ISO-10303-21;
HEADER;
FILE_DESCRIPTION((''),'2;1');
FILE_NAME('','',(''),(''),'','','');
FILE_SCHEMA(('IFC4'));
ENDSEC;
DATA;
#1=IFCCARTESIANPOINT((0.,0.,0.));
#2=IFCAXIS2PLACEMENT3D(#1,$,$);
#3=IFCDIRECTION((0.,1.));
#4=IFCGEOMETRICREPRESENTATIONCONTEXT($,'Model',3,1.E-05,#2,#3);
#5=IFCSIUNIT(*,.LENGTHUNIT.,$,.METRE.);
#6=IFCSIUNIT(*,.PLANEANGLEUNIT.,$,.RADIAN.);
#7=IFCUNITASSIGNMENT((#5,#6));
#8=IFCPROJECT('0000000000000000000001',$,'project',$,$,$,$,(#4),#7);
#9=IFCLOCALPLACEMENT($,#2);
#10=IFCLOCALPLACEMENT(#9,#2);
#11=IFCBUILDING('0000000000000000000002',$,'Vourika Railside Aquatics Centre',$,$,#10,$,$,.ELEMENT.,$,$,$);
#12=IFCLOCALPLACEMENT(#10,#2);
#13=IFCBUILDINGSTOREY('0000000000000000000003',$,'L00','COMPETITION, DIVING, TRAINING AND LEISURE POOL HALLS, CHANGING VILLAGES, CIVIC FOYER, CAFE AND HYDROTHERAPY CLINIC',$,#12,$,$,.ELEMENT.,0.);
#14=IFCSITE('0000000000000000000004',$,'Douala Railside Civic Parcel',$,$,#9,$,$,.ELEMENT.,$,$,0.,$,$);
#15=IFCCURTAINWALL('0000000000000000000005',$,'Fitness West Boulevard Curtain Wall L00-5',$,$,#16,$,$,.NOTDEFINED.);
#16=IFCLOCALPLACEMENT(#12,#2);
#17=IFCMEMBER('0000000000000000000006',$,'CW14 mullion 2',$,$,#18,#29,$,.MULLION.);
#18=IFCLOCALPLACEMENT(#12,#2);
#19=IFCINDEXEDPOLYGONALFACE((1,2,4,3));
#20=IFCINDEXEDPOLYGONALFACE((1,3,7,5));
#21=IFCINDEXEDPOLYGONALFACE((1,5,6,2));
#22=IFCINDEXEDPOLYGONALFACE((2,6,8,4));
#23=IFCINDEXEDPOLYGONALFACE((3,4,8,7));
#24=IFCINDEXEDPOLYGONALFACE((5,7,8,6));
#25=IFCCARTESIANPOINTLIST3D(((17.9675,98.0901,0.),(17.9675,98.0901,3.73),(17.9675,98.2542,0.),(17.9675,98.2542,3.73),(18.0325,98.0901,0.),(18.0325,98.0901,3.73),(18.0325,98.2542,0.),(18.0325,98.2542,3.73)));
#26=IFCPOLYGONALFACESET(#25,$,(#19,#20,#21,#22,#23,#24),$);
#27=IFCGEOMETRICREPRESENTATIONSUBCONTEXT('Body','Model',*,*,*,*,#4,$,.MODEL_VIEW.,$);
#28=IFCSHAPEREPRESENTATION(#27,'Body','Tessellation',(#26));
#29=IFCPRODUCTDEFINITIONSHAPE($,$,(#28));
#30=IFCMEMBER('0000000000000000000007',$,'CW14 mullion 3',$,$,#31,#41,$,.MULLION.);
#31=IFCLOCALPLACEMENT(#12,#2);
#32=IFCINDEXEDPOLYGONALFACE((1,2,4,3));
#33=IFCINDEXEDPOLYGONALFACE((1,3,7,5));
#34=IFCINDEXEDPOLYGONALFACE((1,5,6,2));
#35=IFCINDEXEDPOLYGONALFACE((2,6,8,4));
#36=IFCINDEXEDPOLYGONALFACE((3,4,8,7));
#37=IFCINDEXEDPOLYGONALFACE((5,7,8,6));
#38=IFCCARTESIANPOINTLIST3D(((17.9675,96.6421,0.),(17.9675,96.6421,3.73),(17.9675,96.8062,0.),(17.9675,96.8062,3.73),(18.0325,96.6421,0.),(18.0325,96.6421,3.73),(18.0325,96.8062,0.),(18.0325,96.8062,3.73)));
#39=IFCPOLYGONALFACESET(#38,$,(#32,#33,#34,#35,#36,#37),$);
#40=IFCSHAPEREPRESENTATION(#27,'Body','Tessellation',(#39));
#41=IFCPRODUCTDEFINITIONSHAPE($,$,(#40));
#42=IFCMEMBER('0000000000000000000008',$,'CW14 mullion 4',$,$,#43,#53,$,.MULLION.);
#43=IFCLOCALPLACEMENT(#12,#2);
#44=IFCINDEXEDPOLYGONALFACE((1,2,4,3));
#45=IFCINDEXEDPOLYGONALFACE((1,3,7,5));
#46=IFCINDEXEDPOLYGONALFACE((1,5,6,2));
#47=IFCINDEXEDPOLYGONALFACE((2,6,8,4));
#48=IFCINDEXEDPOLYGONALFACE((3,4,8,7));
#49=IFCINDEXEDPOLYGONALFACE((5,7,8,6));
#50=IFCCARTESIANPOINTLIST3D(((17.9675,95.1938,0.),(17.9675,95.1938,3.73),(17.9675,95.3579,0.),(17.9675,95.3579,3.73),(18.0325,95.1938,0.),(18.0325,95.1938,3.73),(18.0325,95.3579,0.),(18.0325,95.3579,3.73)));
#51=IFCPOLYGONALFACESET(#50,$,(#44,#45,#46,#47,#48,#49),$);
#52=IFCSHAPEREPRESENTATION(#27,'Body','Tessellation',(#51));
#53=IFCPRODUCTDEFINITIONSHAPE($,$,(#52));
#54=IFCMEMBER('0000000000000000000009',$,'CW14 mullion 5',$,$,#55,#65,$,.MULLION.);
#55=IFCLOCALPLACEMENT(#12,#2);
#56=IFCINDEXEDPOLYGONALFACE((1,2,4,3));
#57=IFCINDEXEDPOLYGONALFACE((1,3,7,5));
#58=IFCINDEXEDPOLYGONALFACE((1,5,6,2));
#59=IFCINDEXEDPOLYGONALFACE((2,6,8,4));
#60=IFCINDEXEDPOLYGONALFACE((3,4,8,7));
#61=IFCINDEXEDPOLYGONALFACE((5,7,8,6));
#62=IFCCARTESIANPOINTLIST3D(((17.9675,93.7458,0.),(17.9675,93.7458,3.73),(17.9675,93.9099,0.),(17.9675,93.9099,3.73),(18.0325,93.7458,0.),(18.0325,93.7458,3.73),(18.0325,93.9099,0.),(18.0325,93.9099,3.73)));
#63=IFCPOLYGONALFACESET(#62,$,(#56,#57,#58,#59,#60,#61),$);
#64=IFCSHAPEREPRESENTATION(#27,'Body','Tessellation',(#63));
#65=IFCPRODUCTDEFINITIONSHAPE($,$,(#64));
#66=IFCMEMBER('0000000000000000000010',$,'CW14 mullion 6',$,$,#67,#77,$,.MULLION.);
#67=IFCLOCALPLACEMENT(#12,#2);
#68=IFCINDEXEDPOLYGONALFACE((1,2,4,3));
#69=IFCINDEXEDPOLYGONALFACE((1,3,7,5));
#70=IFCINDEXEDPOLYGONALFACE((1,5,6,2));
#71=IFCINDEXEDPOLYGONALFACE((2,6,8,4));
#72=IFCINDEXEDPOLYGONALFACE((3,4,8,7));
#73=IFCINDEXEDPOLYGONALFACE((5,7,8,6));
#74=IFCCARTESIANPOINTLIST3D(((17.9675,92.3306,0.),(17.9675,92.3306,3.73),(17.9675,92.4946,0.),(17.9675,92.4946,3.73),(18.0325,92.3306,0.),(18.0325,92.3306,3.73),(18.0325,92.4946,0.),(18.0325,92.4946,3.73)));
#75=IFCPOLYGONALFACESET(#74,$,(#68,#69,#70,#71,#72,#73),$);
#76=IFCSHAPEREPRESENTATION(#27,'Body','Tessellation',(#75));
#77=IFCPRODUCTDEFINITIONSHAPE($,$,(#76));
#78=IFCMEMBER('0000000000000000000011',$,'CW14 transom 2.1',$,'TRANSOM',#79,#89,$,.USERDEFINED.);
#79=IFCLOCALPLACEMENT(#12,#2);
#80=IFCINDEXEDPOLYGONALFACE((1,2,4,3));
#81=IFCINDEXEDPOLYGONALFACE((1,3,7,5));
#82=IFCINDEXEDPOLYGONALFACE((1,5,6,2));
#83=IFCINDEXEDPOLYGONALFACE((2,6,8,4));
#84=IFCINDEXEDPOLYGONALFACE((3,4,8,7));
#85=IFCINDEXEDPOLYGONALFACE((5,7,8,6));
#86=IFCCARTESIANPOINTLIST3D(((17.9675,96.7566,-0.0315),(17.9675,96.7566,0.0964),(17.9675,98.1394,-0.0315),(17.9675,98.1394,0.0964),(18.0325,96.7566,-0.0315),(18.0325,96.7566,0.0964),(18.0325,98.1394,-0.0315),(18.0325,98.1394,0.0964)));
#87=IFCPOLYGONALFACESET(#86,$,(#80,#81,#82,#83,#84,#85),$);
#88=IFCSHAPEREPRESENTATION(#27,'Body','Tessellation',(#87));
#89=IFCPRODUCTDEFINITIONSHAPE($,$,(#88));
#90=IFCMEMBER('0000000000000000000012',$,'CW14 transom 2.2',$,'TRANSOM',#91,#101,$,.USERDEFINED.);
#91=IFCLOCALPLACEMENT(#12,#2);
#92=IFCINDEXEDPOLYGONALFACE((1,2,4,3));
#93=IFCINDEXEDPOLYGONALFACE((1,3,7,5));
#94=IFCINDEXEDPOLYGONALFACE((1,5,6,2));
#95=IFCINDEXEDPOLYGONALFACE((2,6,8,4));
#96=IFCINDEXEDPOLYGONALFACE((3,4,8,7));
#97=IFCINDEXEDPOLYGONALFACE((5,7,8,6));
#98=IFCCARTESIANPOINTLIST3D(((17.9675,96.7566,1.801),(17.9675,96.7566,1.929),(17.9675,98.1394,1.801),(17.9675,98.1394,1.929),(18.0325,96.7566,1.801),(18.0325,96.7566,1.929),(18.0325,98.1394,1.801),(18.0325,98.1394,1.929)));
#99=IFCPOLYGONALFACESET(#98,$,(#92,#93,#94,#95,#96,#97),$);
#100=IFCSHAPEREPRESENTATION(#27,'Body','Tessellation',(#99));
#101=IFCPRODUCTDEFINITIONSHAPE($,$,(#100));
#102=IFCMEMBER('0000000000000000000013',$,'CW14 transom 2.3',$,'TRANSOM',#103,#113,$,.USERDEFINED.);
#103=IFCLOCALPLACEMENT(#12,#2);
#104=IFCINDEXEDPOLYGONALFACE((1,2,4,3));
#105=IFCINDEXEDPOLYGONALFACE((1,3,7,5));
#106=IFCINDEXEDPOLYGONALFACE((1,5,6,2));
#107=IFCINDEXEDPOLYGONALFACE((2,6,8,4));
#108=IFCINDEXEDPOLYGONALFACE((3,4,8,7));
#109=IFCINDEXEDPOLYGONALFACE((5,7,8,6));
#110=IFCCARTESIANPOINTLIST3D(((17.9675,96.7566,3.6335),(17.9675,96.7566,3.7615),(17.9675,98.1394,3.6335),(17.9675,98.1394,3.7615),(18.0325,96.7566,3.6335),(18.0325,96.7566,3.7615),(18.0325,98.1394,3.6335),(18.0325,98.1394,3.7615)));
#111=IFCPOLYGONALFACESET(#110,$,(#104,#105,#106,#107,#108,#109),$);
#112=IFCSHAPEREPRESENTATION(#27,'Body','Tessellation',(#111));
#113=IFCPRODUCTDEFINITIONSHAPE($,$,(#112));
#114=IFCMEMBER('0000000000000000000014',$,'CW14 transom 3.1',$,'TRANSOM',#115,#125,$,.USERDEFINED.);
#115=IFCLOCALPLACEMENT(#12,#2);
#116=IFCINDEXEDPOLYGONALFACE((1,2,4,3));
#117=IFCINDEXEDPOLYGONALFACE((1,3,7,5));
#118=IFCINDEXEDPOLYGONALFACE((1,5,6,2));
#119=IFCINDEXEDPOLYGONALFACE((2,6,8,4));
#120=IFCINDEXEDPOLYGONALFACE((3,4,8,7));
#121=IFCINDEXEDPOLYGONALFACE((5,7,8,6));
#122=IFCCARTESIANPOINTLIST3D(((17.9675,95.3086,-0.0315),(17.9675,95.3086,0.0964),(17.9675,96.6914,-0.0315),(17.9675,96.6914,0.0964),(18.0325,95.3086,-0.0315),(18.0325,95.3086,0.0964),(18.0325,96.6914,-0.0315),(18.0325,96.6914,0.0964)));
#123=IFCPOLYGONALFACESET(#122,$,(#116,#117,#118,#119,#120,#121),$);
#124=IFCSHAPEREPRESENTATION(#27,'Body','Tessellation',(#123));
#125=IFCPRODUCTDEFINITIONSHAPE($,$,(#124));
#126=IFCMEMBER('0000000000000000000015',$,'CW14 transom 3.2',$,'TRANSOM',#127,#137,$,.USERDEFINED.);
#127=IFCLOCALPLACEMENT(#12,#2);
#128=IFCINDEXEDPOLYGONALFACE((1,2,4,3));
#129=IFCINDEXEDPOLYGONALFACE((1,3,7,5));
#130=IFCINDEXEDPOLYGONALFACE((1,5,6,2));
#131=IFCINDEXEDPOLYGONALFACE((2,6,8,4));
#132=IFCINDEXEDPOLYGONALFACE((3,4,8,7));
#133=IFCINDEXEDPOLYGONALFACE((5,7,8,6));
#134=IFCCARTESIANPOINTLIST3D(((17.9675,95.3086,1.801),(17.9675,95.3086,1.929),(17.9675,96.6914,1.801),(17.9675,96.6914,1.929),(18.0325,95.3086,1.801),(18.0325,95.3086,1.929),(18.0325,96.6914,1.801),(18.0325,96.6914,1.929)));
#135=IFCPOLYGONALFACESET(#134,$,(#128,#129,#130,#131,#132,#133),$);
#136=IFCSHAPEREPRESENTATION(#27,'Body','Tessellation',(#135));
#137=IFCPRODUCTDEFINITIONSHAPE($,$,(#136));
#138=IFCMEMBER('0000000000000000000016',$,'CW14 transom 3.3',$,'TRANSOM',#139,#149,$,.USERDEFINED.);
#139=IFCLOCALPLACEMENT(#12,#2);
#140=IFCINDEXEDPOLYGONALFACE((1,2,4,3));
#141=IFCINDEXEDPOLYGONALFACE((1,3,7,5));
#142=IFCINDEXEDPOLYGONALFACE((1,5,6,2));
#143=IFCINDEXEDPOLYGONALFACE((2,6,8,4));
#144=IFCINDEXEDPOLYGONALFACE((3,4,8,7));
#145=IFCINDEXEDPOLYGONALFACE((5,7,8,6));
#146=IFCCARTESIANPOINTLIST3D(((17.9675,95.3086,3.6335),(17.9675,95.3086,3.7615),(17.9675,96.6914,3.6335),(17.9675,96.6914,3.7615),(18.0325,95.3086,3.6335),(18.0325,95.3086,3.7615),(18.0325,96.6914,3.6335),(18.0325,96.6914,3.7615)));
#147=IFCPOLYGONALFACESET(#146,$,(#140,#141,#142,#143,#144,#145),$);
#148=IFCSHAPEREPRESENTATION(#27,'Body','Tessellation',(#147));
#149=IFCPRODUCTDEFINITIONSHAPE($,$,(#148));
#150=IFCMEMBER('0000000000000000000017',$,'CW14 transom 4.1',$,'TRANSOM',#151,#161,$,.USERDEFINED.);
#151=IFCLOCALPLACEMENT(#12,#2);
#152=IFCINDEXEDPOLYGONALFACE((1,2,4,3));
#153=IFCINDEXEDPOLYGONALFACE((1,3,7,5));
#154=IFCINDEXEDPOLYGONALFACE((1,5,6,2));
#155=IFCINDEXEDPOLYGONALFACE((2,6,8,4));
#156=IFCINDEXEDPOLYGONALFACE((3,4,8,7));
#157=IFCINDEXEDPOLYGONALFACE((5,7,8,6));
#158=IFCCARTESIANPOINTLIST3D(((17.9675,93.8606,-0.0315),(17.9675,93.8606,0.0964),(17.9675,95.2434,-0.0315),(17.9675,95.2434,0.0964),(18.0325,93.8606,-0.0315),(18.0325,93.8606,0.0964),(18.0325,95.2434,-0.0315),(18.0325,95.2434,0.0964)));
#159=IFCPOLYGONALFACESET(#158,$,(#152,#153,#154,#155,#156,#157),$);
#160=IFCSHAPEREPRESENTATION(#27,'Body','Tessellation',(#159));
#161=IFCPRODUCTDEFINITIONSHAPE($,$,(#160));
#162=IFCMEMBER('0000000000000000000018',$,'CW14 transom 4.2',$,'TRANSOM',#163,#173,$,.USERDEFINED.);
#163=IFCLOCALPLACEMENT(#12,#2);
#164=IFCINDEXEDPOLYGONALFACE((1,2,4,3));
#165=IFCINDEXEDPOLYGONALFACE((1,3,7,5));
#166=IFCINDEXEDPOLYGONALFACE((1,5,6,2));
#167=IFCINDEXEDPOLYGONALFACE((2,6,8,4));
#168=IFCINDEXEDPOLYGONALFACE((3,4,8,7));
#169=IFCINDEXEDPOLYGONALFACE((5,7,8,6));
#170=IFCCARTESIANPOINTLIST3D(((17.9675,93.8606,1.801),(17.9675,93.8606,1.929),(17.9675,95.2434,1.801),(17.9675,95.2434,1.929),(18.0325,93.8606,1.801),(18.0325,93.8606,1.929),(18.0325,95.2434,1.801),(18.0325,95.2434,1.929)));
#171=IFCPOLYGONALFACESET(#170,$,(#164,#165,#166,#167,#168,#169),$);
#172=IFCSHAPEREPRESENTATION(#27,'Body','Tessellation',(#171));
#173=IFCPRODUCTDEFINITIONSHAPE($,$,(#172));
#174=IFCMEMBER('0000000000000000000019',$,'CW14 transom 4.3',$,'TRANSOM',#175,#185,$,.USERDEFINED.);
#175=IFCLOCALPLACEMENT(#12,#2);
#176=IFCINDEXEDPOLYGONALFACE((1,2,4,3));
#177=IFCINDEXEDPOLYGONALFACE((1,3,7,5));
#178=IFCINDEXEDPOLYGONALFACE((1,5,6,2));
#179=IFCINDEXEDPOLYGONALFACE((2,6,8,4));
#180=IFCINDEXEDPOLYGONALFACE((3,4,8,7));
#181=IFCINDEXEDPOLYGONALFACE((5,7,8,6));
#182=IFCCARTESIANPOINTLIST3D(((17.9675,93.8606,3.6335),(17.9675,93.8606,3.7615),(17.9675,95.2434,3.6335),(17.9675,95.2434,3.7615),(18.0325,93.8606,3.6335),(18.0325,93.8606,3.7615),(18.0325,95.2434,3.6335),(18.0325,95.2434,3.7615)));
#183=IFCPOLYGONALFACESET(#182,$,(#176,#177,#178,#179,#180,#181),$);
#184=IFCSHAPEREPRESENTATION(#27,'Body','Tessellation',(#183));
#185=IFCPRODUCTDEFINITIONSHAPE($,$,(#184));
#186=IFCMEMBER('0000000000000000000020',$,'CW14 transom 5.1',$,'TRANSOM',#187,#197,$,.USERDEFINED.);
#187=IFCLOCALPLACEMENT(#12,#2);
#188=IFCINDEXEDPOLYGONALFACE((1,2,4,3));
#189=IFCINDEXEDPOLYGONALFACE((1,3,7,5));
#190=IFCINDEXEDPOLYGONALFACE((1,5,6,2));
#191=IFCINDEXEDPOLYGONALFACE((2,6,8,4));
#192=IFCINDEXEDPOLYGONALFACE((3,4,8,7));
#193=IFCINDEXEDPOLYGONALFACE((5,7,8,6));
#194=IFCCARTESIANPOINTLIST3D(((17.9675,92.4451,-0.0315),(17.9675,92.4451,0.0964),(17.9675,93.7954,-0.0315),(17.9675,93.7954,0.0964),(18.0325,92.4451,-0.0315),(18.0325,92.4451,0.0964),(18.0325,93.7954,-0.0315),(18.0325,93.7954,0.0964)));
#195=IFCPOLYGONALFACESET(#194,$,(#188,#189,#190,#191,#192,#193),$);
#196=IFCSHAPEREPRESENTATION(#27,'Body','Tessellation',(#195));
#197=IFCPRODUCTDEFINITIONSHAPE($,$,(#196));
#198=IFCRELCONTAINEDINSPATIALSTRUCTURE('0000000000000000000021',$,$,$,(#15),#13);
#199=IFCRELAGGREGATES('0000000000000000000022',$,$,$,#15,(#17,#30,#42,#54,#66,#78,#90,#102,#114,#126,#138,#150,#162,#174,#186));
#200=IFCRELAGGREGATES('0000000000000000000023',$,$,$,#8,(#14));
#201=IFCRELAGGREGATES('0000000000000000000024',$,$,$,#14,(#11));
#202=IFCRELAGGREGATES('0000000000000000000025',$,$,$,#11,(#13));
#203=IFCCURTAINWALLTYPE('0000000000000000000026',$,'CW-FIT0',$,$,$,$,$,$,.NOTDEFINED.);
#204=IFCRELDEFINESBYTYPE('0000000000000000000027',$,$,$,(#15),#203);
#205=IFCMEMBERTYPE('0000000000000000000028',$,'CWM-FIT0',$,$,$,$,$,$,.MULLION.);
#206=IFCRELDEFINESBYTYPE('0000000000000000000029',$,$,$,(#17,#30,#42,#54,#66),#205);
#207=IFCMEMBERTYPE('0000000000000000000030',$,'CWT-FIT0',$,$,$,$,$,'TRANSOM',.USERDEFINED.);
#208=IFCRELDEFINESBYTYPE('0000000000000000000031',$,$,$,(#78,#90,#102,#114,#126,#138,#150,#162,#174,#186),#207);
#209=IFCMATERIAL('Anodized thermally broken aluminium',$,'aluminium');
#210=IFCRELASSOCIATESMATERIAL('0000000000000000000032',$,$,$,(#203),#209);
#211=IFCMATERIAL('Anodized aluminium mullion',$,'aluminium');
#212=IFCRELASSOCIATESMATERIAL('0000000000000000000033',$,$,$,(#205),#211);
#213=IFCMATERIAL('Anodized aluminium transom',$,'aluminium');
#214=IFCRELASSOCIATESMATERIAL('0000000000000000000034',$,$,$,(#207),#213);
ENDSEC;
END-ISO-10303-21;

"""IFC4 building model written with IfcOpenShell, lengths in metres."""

from ifc_helpers import new_model, si_unit, direction, frame, origin, origin_2d, place, context, subcontext, project, spatial, rectangle, extrude, material, material_profile, profile_set, type_object, element, aggregate, save


model = new_model("IFC4")

# Units and contexts
model_context = context("Model", 3, precision=1e-05, world=origin(), true_north=direction((0.0, 1.0)))
body_context = subcontext(model_context, "Body", "Model", "MODEL_VIEW")
ifc_project = project(units=[si_unit("LENGTHUNIT", "METRE"), si_unit("PLANEANGLEUNIT", "RADIAN")], contexts=[model_context])

# Site, building, storey
site_placement = place(None, origin())
site = spatial("IfcSite", under=ifc_project, at=site_placement, Name="Douala Railside Civic Parcel", CompositionType="ELEMENT", RefElevation=0.0)
building_placement = place(site_placement, origin())
building = spatial("IfcBuilding", under=site, at=building_placement, Name="Vourika Railside Aquatics Centre", CompositionType="ELEMENT")
storey_placement = place(building_placement, origin())
storey = spatial("IfcBuildingStorey", under=building, at=storey_placement, Name="L00", Description="COMPETITION, DIVING, TRAINING AND LEISURE POOL HALLS, CHANGING VILLAGES, CIVIC FOYER, CAFE AND HYDROTHERAPY CLINIC", CompositionType="ELEMENT", Elevation=0.0)

# Curtain wall, members
ifc_material_1 = material(Name="Anodized thermally broken aluminium", Category="aluminium")
curtain_wall_type = type_object("IfcCurtainWallType", Name="CW-FIT0", PredefinedType="NOTDEFINED", material=ifc_material_1)
curtain_wall_placement = place(storey_placement, origin())
curtain_wall = element("IfcCurtainWall", 1, at=curtain_wall_placement, inside=storey, type_object=curtain_wall_type, Name="Fitness West Boulevard Curtain Wall L00-5", PredefinedType="NOTDEFINED")
ifc_material_2 = material(Name="Anodized aluminium mullion", Category="aluminium")
ifc_material_profile_1 = material_profile(ifc_material_2, rectangle(XDim=0.0649, YDim=0.1641, at=origin_2d()), Name="ALU-M 65x164")
ifc_profile_set_1 = profile_set([ifc_material_profile_1], Name="Anodized aluminium mullion")
member_type_1 = type_object("IfcMemberType", Name="CWM-FIT0", PredefinedType="MULLION", material=ifc_profile_set_1)
member_1_placement = place(storey_placement, frame((18.0, 98.1721, 0.0), z_axis=(0.0, 0.0, 1.0), x_axis=(1.0, 0.0, 0.0)))
member_1 = element("IfcMember", 2, at=member_1_placement, type_object=member_type_1, Name="CW14 mullion 2", PredefinedType="MULLION", context=body_context, shape_type="SweptSolid", body=[
    extrude(rectangle(XDim=0.0649, YDim=0.1641, at=origin_2d()), origin(), (0.0, 0.0, 1.0), 3.73),
])
member_2_placement = place(storey_placement, frame((18.0, 96.7241, 0.0), z_axis=(0.0, 0.0, 1.0), x_axis=(1.0, 0.0, 0.0)))
member_2 = element("IfcMember", 3, at=member_2_placement, type_object=member_type_1, Name="CW14 mullion 3", PredefinedType="MULLION", context=body_context, shape_type="SweptSolid", body=[
    extrude(rectangle(XDim=0.0649, YDim=0.1641, at=origin_2d()), origin(), (0.0, 0.0, 1.0), 3.73),
])
member_3_placement = place(storey_placement, frame((18.0, 95.2759, 0.0), z_axis=(0.0, 0.0, 1.0), x_axis=(1.0, 0.0, 0.0)))
member_3 = element("IfcMember", 4, at=member_3_placement, type_object=member_type_1, Name="CW14 mullion 4", PredefinedType="MULLION", context=body_context, shape_type="SweptSolid", body=[
    extrude(rectangle(XDim=0.0649, YDim=0.1641, at=origin_2d()), origin(), (0.0, 0.0, 1.0), 3.73),
])
member_4_placement = place(storey_placement, frame((18.0, 93.8279, 0.0), z_axis=(0.0, 0.0, 1.0), x_axis=(1.0, 0.0, 0.0)))
member_4 = element("IfcMember", 5, at=member_4_placement, type_object=member_type_1, Name="CW14 mullion 5", PredefinedType="MULLION", context=body_context, shape_type="SweptSolid", body=[
    extrude(rectangle(XDim=0.0649, YDim=0.1641, at=origin_2d()), origin(), (0.0, 0.0, 1.0), 3.73),
])
member_5_placement = place(storey_placement, frame((18.0, 92.4126, 0.0), z_axis=(0.0, 0.0, 1.0), x_axis=(1.0, 0.0, 0.0)))
member_5 = element("IfcMember", 6, at=member_5_placement, type_object=member_type_1, Name="CW14 mullion 6", PredefinedType="MULLION", context=body_context, shape_type="SweptSolid", body=[
    extrude(rectangle(XDim=0.0649, YDim=0.1641, at=origin_2d()), origin(), (0.0, 0.0, 1.0), 3.73),
])
ifc_material_3 = material(Name="Anodized aluminium transom", Category="aluminium")
ifc_material_profile_2 = material_profile(ifc_material_3, rectangle(XDim=0.0649, YDim=0.1279, at=origin_2d()), Name="ALU-T 65x128")
ifc_profile_set_2 = profile_set([ifc_material_profile_2], Name="Anodized aluminium transom")
member_type_2 = type_object("IfcMemberType", Name="CWT-FIT0", ElementType="TRANSOM", PredefinedType="USERDEFINED", material=ifc_profile_set_2)
member_6_placement = place(storey_placement, frame((18.0, 98.1394, 0.0325), z_axis=(0.0, -1.0, 0.0), x_axis=(1.0, 0.0, 0.0)))
member_6 = element("IfcMember", 7, at=member_6_placement, type_object=member_type_2, Name="CW14 transom 2.1", ObjectType="TRANSOM", PredefinedType="USERDEFINED", context=body_context, shape_type="SweptSolid", body=[
    extrude(rectangle(XDim=0.0649, YDim=0.1279, at=origin_2d()), origin(), (0.0, 0.0, 1.0), 1.3828),
])
member_7_placement = place(storey_placement, frame((18.0, 98.1394, 1.865), z_axis=(0.0, -1.0, 0.0), x_axis=(1.0, 0.0, 0.0)))
member_7 = element("IfcMember", 8, at=member_7_placement, type_object=member_type_2, Name="CW14 transom 2.2", ObjectType="TRANSOM", PredefinedType="USERDEFINED", context=body_context, shape_type="SweptSolid", body=[
    extrude(rectangle(XDim=0.0649, YDim=0.1279, at=origin_2d()), origin(), (0.0, 0.0, 1.0), 1.3828),
])
member_8_placement = place(storey_placement, frame((18.0, 98.1394, 3.6975), z_axis=(0.0, -1.0, 0.0), x_axis=(1.0, 0.0, 0.0)))
member_8 = element("IfcMember", 9, at=member_8_placement, type_object=member_type_2, Name="CW14 transom 2.3", ObjectType="TRANSOM", PredefinedType="USERDEFINED", context=body_context, shape_type="SweptSolid", body=[
    extrude(rectangle(XDim=0.0649, YDim=0.1279, at=origin_2d()), origin(), (0.0, 0.0, 1.0), 1.3828),
])
member_9_placement = place(storey_placement, frame((18.0, 96.6914, 0.0325), z_axis=(0.0, -1.0, 0.0), x_axis=(1.0, 0.0, 0.0)))
member_9 = element("IfcMember", 10, at=member_9_placement, type_object=member_type_2, Name="CW14 transom 3.1", ObjectType="TRANSOM", PredefinedType="USERDEFINED", context=body_context, shape_type="SweptSolid", body=[
    extrude(rectangle(XDim=0.0649, YDim=0.1279, at=origin_2d()), origin(), (0.0, 0.0, 1.0), 1.3828),
])
member_10_placement = place(storey_placement, frame((18.0, 96.6914, 1.865), z_axis=(0.0, -1.0, 0.0), x_axis=(1.0, 0.0, 0.0)))
member_10 = element("IfcMember", 11, at=member_10_placement, type_object=member_type_2, Name="CW14 transom 3.2", ObjectType="TRANSOM", PredefinedType="USERDEFINED", context=body_context, shape_type="SweptSolid", body=[
    extrude(rectangle(XDim=0.0649, YDim=0.1279, at=origin_2d()), origin(), (0.0, 0.0, 1.0), 1.3828),
])
member_11_placement = place(storey_placement, frame((18.0, 96.6914, 3.6975), z_axis=(0.0, -1.0, 0.0), x_axis=(1.0, 0.0, 0.0)))
member_11 = element("IfcMember", 12, at=member_11_placement, type_object=member_type_2, Name="CW14 transom 3.3", ObjectType="TRANSOM", PredefinedType="USERDEFINED", context=body_context, shape_type="SweptSolid", body=[
    extrude(rectangle(XDim=0.0649, YDim=0.1279, at=origin_2d()), origin(), (0.0, 0.0, 1.0), 1.3828),
])
member_12_placement = place(storey_placement, frame((18.0, 95.2434, 0.0325), z_axis=(0.0, -1.0, 0.0), x_axis=(1.0, 0.0, 0.0)))
member_12 = element("IfcMember", 13, at=member_12_placement, type_object=member_type_2, Name="CW14 transom 4.1", ObjectType="TRANSOM", PredefinedType="USERDEFINED", context=body_context, shape_type="SweptSolid", body=[
    extrude(rectangle(XDim=0.0649, YDim=0.1279, at=origin_2d()), origin(), (0.0, 0.0, 1.0), 1.3828),
])
member_13_placement = place(storey_placement, frame((18.0, 95.2434, 1.865), z_axis=(0.0, -1.0, 0.0), x_axis=(1.0, 0.0, 0.0)))
member_13 = element("IfcMember", 14, at=member_13_placement, type_object=member_type_2, Name="CW14 transom 4.2", ObjectType="TRANSOM", PredefinedType="USERDEFINED", context=body_context, shape_type="SweptSolid", body=[
    extrude(rectangle(XDim=0.0649, YDim=0.1279, at=origin_2d()), origin(), (0.0, 0.0, 1.0), 1.3828),
])
member_14_placement = place(storey_placement, frame((18.0, 95.2434, 3.6975), z_axis=(0.0, -1.0, 0.0), x_axis=(1.0, 0.0, 0.0)))
member_14 = element("IfcMember", 15, at=member_14_placement, type_object=member_type_2, Name="CW14 transom 4.3", ObjectType="TRANSOM", PredefinedType="USERDEFINED", context=body_context, shape_type="SweptSolid", body=[
    extrude(rectangle(XDim=0.0649, YDim=0.1279, at=origin_2d()), origin(), (0.0, 0.0, 1.0), 1.3828),
])
member_15_placement = place(storey_placement, frame((18.0, 93.7954, 0.0325), z_axis=(0.0, -1.0, 0.0), x_axis=(1.0, 0.0, 0.0)))
member_15 = element("IfcMember", 16, at=member_15_placement, type_object=member_type_2, Name="CW14 transom 5.1", ObjectType="TRANSOM", PredefinedType="USERDEFINED", context=body_context, shape_type="SweptSolid", body=[
    extrude(rectangle(XDim=0.0649, YDim=0.1279, at=origin_2d()), origin(), (0.0, 0.0, 1.0), 1.3503),
])
aggregate(curtain_wall, [member_1, member_2, member_3, member_4, member_5, member_6, member_7, member_8, member_9, member_10, member_11, member_12, member_13, member_14, member_15])

save(model, "model.ifc")
